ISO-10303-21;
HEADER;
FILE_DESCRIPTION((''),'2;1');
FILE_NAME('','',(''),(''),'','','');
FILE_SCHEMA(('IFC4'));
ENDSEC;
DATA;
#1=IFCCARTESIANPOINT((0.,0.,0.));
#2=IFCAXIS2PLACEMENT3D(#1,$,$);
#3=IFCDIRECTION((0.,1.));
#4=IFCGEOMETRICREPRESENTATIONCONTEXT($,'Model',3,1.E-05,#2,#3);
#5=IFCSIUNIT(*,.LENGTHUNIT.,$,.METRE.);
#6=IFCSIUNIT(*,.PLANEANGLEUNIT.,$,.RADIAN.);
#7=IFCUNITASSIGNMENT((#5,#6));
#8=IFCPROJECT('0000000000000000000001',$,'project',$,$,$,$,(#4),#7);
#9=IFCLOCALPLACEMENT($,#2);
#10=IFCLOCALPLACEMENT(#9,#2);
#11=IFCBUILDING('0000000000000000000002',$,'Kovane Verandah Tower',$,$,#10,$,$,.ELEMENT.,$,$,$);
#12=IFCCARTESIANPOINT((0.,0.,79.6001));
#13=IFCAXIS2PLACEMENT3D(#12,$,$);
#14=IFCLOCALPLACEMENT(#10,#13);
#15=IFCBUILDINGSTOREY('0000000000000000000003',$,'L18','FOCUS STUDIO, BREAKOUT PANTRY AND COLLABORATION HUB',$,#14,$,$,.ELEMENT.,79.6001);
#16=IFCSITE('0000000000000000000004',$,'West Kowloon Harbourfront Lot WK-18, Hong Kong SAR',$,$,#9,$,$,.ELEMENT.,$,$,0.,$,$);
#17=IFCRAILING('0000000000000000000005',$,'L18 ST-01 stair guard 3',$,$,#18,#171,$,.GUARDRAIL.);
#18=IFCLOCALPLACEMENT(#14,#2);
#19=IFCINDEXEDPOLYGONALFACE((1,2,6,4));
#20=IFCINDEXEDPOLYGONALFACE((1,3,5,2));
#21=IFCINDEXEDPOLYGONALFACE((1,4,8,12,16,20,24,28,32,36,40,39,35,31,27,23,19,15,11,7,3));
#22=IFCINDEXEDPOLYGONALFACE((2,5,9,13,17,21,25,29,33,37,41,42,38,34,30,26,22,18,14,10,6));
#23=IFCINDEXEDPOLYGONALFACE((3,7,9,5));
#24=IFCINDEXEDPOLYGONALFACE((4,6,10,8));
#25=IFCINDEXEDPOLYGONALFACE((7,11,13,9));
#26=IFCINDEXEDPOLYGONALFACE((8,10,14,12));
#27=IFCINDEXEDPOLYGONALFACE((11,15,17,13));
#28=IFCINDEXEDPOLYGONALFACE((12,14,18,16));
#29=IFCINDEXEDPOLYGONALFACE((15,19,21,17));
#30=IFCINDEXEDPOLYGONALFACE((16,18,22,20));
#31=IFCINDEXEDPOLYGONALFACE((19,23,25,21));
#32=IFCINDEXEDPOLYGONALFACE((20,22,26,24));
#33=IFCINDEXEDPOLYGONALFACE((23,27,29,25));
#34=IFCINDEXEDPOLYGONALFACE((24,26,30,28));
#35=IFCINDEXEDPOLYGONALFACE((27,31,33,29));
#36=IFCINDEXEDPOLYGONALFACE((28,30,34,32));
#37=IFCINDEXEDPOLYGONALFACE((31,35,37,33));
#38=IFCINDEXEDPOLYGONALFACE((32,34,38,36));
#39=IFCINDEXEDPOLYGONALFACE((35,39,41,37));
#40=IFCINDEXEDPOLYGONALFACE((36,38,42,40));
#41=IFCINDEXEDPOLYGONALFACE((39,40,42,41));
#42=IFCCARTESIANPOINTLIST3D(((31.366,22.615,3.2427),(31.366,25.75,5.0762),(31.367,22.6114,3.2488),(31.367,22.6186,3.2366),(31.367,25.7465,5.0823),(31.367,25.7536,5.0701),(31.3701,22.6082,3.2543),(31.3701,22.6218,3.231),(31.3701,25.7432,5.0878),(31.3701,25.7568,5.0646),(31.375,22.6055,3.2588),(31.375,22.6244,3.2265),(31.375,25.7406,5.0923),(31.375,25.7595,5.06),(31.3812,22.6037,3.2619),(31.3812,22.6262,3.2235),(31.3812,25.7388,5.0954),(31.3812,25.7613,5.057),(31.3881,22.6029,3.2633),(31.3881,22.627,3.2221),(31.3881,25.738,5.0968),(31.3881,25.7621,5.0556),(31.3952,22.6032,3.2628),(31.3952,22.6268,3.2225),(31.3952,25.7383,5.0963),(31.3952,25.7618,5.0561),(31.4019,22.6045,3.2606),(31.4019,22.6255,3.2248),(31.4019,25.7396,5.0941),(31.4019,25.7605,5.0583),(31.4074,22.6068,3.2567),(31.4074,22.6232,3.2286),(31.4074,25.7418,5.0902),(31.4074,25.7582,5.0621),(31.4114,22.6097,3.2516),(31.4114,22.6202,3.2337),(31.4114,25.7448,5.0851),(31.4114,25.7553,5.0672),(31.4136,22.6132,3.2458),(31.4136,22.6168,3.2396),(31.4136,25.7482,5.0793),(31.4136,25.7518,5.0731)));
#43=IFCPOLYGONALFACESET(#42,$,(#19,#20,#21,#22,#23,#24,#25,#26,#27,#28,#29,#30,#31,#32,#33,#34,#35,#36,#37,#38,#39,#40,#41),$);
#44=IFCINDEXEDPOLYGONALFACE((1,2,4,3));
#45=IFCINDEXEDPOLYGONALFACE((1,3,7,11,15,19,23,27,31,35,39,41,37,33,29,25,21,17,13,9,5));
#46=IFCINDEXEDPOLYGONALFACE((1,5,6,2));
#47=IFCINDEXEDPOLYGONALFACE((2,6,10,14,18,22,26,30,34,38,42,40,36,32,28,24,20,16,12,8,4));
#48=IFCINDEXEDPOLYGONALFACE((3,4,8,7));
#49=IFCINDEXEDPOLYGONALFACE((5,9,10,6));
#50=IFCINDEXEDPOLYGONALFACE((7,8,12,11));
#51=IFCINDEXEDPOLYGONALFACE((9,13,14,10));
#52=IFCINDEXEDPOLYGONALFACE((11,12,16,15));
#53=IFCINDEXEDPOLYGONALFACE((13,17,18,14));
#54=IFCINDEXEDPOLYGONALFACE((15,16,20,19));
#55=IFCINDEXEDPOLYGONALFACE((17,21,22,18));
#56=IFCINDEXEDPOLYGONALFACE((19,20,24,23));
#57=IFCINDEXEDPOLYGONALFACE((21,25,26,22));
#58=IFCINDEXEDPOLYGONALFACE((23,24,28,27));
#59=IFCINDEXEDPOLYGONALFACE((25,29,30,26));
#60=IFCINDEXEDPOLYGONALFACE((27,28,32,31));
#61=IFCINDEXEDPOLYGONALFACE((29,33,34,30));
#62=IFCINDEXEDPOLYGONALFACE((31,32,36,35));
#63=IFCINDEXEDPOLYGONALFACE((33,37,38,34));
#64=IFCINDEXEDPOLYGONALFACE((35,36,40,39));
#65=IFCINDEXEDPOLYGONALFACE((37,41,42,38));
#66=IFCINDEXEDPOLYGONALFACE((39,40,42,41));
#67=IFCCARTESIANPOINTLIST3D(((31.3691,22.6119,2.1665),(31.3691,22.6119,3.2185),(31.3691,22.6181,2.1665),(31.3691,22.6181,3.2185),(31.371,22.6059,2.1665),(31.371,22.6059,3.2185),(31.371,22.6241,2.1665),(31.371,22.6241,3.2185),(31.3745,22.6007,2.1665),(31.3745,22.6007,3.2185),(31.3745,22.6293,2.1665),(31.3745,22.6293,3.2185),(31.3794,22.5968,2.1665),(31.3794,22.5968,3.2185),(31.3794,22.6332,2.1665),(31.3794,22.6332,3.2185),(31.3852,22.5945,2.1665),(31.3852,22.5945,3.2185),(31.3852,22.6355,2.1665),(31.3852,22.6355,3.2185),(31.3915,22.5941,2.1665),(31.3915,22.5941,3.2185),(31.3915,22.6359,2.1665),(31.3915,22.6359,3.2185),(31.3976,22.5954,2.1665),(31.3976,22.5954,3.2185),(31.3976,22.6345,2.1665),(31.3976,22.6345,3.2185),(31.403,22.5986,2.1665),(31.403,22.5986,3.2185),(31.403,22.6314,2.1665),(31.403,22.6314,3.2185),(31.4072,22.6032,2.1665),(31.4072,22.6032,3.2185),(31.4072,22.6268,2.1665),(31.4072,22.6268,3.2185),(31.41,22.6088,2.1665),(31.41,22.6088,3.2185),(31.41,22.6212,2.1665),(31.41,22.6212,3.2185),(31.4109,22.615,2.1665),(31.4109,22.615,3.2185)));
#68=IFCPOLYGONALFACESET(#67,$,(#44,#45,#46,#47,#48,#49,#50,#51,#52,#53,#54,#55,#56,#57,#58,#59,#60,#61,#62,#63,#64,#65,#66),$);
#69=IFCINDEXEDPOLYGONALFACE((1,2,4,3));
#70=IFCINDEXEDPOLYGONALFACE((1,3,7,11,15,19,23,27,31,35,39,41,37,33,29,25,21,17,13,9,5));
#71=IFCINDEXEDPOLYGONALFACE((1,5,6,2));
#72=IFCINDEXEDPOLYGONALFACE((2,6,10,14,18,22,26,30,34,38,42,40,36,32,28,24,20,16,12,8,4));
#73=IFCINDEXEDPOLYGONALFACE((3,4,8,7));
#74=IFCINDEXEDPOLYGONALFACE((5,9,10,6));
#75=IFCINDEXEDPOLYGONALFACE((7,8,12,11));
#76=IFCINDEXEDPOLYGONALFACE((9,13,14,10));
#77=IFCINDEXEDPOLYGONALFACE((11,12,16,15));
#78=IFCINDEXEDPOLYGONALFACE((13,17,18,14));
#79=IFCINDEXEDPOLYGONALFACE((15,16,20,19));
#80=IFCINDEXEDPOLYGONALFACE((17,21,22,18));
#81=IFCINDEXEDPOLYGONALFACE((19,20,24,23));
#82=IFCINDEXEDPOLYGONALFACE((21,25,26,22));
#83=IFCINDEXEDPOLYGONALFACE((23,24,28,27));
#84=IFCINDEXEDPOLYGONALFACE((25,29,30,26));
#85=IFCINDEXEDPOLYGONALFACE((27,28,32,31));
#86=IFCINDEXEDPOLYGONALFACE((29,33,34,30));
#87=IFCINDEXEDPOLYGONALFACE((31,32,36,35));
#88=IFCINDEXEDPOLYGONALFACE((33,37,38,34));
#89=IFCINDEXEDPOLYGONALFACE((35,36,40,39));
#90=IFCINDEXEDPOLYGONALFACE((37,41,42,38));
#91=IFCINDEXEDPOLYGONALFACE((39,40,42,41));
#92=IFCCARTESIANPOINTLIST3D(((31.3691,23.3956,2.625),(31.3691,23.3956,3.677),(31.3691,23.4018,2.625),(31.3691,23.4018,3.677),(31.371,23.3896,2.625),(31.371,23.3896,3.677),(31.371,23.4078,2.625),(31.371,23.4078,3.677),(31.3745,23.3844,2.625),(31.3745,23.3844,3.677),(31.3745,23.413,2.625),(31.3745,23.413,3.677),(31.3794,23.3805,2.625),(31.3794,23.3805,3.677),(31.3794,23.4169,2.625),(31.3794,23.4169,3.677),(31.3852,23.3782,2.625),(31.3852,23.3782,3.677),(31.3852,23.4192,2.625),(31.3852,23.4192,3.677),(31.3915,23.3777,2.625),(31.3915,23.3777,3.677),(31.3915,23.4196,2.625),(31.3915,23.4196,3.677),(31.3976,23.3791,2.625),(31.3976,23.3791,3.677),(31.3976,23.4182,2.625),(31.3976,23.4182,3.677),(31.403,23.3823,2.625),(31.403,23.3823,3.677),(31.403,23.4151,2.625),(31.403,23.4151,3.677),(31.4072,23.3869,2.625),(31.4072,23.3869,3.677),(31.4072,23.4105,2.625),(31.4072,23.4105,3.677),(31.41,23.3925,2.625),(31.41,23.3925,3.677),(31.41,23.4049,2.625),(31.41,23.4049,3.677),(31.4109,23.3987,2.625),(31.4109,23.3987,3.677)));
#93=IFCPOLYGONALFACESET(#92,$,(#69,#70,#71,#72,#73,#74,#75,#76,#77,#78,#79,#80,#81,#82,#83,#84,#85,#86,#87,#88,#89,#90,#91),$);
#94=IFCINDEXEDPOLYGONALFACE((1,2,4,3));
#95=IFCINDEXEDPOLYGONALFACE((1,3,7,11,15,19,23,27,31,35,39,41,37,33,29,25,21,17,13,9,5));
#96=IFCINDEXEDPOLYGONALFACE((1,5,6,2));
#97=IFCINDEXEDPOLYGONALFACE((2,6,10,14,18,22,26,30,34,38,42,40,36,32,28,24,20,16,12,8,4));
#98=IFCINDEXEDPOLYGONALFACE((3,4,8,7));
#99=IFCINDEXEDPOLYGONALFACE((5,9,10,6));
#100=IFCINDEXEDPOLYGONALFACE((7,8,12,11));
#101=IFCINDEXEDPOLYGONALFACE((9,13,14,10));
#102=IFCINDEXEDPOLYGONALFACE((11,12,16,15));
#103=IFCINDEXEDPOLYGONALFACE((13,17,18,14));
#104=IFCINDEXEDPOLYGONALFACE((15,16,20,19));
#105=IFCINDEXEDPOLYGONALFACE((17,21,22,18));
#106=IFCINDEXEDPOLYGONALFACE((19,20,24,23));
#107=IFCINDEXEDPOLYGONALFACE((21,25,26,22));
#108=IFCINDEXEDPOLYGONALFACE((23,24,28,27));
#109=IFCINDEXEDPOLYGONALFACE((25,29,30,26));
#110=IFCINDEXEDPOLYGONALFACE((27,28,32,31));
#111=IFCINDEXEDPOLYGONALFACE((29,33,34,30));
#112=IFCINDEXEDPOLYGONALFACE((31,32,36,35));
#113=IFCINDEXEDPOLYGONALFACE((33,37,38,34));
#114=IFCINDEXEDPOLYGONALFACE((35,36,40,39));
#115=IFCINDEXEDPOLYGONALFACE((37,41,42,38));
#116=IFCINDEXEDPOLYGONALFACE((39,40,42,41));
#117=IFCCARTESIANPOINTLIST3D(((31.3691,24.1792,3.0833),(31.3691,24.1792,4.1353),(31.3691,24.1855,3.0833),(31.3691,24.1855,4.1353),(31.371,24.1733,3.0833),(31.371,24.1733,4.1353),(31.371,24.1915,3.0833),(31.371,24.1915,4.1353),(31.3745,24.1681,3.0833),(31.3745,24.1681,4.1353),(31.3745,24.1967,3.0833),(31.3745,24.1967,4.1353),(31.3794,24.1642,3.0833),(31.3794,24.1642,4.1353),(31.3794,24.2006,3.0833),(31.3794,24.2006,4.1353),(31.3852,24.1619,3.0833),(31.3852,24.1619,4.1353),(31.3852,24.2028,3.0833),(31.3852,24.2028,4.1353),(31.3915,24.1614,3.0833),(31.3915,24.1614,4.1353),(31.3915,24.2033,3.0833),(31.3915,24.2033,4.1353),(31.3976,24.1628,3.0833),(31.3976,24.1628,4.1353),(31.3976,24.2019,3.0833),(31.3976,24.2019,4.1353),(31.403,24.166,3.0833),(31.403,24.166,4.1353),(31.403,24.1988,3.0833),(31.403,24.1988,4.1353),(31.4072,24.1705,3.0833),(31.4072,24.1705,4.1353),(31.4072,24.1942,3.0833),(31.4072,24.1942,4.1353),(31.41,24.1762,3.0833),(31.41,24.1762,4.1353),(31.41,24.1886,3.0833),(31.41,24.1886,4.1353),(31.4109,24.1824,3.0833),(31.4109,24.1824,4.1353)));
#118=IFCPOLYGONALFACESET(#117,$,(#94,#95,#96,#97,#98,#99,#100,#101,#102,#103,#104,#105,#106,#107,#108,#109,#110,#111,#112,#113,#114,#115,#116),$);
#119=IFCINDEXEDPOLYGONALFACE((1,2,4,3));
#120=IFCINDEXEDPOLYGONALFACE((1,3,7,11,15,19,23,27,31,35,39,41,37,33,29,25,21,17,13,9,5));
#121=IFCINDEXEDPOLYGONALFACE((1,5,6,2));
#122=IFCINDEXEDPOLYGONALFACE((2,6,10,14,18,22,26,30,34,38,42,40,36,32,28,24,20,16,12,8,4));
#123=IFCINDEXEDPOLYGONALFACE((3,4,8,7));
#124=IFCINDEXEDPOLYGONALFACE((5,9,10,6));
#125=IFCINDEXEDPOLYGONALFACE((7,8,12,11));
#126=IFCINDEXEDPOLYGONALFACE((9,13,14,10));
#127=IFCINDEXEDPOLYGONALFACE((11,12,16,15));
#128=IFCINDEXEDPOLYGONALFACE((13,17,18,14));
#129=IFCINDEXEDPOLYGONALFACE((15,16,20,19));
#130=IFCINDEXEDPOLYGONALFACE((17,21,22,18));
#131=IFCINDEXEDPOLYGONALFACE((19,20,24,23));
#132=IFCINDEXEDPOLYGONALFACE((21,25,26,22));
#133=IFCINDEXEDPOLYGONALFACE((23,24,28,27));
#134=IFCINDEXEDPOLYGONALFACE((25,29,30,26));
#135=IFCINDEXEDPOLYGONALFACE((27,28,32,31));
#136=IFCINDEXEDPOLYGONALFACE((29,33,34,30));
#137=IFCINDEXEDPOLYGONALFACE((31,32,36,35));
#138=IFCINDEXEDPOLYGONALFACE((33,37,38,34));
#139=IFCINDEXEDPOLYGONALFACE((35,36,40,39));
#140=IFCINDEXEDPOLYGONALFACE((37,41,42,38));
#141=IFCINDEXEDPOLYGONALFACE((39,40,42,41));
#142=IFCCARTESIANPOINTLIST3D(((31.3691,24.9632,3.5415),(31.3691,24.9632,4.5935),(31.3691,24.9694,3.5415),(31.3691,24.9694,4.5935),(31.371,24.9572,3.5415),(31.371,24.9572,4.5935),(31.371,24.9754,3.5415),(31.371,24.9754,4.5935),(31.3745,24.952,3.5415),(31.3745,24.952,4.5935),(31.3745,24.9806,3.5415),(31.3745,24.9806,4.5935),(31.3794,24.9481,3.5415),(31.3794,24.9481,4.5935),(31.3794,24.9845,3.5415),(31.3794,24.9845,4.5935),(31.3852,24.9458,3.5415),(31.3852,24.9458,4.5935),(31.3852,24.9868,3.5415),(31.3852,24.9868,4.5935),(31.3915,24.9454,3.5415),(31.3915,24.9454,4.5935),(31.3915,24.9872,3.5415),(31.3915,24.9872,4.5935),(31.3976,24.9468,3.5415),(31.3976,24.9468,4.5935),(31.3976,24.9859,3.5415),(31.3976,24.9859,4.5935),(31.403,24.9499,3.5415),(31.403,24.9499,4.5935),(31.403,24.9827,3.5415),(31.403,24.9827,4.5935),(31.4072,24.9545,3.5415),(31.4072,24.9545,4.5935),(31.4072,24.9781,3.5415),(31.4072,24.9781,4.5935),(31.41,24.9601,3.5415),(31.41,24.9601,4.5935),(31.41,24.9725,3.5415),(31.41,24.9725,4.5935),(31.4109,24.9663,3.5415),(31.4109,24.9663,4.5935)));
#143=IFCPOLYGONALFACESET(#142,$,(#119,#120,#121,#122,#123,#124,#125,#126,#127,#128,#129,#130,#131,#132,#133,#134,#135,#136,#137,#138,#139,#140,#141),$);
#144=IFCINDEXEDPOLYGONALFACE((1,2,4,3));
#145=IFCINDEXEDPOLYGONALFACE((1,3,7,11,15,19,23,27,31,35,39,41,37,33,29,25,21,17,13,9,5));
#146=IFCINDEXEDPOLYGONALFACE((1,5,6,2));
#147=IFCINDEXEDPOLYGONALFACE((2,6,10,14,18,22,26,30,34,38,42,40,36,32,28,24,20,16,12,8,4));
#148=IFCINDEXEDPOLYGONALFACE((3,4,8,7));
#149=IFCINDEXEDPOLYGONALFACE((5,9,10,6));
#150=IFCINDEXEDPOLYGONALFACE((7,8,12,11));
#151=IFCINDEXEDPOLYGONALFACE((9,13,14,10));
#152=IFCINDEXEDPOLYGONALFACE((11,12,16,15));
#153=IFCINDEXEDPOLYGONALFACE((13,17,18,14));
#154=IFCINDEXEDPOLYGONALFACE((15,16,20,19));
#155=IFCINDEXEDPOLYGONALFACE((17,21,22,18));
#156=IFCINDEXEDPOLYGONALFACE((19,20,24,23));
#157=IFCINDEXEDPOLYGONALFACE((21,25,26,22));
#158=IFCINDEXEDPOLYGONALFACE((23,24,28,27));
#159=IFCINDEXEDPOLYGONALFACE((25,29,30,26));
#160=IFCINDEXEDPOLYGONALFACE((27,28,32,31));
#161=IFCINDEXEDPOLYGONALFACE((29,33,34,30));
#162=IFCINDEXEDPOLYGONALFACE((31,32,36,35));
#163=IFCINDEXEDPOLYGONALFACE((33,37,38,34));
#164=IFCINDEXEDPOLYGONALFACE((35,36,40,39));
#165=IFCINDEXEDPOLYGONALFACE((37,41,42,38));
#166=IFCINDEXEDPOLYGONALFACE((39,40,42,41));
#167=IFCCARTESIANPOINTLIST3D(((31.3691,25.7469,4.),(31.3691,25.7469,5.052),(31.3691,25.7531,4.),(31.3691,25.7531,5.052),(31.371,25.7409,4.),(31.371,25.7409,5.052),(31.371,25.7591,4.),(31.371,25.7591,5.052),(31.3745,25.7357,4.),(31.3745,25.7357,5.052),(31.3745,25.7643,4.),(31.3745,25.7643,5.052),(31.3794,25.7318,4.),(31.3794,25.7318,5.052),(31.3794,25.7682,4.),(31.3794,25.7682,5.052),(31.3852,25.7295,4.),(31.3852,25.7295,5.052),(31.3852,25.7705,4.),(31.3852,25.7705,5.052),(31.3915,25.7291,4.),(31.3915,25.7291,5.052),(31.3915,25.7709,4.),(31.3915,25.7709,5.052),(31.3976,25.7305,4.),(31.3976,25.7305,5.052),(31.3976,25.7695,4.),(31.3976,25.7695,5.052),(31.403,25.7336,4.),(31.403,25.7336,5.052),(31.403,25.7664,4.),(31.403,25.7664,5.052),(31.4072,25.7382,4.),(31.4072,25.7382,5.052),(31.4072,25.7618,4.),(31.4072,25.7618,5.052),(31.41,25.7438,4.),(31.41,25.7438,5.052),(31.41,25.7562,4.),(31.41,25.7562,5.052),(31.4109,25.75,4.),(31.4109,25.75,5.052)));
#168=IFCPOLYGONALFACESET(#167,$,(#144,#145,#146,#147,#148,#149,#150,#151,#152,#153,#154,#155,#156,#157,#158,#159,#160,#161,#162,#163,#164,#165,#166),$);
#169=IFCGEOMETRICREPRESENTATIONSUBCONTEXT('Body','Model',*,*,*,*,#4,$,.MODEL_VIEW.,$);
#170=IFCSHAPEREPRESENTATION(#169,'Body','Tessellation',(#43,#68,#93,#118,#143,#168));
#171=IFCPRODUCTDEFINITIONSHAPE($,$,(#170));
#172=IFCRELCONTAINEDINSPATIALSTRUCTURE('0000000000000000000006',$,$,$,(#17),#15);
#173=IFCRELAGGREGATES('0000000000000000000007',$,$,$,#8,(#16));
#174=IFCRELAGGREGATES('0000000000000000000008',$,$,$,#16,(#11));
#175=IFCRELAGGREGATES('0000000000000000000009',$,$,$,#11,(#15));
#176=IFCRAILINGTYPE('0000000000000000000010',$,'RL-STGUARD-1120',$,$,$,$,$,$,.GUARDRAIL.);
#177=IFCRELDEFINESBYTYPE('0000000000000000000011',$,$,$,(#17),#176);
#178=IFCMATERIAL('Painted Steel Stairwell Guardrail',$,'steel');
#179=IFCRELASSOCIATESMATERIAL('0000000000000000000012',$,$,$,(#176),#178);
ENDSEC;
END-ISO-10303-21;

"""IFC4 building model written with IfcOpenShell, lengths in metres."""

from ifc_helpers import new_model, si_unit, direction, frame, origin, origin_2d, place, context, subcontext, project, spatial, circle, extrude, material, type_object, element, save


model = new_model("IFC4")

# Units and contexts
model_context = context("Model", 3, precision=1e-05, world=origin(), true_north=direction((0.0, 1.0)))
body_context = subcontext(model_context, "Body", "Model", "MODEL_VIEW")
ifc_project = project(units=[si_unit("LENGTHUNIT", "METRE"), si_unit("PLANEANGLEUNIT", "RADIAN")], contexts=[model_context])

# Site, building, storey
site_placement = place(None, origin())
site = spatial("IfcSite", under=ifc_project, at=site_placement, Name="West Kowloon Harbourfront Lot WK-18, Hong Kong SAR", CompositionType="ELEMENT", RefElevation=0.0)
building_placement = place(site_placement, origin())
building = spatial("IfcBuilding", under=site, at=building_placement, Name="Kovane Verandah Tower", CompositionType="ELEMENT")
storey_placement = place(building_placement, frame((0.0, 0.0, 79.6001)))
storey = spatial("IfcBuildingStorey", under=building, at=storey_placement, Name="L18", Description="FOCUS STUDIO, BREAKOUT PANTRY AND COLLABORATION HUB", CompositionType="ELEMENT", Elevation=79.6001)

# Railing
ifc_material_1 = material(Name="Painted Steel Stairwell Guardrail", Category="steel")
railing_type_1 = type_object("IfcRailingType", Name="RL-STGUARD-1120", PredefinedType="GUARDRAIL", material=ifc_material_1)
railing_1_placement = place(storey_placement, frame((31.3899, 22.615, 2.1665)))
element("IfcRailing", 1, at=railing_1_placement, inside=storey, type_object=railing_type_1, Name="L18 ST-01 stair guard 3", PredefinedType="GUARDRAIL", context=body_context, shape_type="SweptSolid", body=[
    extrude(circle(Radius=0.0239, at=origin_2d()), frame((0.0, 0.0, 1.0762), z_axis=(0.0, 0.86321, 0.504845), x_axis=(-1.0, 0.0, 0.0)), (0.0, 0.0, 1.0), 3.6318),
    extrude(circle(Radius=0.021, at=origin_2d()), origin(), (0.0, 0.0, 1.0), 1.052),
    extrude(circle(Radius=0.021, at=origin_2d()), frame((0.0, 0.7837, 0.4585)), (0.0, 0.0, 1.0), 1.052),
    extrude(circle(Radius=0.021, at=origin_2d()), frame((0.0, 1.5674, 0.9167)), (0.0, 0.0, 1.0), 1.052),
    extrude(circle(Radius=0.021, at=origin_2d()), frame((0.0, 2.3513, 1.375)), (0.0, 0.0, 1.0), 1.052),
    extrude(circle(Radius=0.021, at=origin_2d()), frame((0.0, 3.135, 1.8335)), (0.0, 0.0, 1.0), 1.052),
])

save(model, "model.ifc")
